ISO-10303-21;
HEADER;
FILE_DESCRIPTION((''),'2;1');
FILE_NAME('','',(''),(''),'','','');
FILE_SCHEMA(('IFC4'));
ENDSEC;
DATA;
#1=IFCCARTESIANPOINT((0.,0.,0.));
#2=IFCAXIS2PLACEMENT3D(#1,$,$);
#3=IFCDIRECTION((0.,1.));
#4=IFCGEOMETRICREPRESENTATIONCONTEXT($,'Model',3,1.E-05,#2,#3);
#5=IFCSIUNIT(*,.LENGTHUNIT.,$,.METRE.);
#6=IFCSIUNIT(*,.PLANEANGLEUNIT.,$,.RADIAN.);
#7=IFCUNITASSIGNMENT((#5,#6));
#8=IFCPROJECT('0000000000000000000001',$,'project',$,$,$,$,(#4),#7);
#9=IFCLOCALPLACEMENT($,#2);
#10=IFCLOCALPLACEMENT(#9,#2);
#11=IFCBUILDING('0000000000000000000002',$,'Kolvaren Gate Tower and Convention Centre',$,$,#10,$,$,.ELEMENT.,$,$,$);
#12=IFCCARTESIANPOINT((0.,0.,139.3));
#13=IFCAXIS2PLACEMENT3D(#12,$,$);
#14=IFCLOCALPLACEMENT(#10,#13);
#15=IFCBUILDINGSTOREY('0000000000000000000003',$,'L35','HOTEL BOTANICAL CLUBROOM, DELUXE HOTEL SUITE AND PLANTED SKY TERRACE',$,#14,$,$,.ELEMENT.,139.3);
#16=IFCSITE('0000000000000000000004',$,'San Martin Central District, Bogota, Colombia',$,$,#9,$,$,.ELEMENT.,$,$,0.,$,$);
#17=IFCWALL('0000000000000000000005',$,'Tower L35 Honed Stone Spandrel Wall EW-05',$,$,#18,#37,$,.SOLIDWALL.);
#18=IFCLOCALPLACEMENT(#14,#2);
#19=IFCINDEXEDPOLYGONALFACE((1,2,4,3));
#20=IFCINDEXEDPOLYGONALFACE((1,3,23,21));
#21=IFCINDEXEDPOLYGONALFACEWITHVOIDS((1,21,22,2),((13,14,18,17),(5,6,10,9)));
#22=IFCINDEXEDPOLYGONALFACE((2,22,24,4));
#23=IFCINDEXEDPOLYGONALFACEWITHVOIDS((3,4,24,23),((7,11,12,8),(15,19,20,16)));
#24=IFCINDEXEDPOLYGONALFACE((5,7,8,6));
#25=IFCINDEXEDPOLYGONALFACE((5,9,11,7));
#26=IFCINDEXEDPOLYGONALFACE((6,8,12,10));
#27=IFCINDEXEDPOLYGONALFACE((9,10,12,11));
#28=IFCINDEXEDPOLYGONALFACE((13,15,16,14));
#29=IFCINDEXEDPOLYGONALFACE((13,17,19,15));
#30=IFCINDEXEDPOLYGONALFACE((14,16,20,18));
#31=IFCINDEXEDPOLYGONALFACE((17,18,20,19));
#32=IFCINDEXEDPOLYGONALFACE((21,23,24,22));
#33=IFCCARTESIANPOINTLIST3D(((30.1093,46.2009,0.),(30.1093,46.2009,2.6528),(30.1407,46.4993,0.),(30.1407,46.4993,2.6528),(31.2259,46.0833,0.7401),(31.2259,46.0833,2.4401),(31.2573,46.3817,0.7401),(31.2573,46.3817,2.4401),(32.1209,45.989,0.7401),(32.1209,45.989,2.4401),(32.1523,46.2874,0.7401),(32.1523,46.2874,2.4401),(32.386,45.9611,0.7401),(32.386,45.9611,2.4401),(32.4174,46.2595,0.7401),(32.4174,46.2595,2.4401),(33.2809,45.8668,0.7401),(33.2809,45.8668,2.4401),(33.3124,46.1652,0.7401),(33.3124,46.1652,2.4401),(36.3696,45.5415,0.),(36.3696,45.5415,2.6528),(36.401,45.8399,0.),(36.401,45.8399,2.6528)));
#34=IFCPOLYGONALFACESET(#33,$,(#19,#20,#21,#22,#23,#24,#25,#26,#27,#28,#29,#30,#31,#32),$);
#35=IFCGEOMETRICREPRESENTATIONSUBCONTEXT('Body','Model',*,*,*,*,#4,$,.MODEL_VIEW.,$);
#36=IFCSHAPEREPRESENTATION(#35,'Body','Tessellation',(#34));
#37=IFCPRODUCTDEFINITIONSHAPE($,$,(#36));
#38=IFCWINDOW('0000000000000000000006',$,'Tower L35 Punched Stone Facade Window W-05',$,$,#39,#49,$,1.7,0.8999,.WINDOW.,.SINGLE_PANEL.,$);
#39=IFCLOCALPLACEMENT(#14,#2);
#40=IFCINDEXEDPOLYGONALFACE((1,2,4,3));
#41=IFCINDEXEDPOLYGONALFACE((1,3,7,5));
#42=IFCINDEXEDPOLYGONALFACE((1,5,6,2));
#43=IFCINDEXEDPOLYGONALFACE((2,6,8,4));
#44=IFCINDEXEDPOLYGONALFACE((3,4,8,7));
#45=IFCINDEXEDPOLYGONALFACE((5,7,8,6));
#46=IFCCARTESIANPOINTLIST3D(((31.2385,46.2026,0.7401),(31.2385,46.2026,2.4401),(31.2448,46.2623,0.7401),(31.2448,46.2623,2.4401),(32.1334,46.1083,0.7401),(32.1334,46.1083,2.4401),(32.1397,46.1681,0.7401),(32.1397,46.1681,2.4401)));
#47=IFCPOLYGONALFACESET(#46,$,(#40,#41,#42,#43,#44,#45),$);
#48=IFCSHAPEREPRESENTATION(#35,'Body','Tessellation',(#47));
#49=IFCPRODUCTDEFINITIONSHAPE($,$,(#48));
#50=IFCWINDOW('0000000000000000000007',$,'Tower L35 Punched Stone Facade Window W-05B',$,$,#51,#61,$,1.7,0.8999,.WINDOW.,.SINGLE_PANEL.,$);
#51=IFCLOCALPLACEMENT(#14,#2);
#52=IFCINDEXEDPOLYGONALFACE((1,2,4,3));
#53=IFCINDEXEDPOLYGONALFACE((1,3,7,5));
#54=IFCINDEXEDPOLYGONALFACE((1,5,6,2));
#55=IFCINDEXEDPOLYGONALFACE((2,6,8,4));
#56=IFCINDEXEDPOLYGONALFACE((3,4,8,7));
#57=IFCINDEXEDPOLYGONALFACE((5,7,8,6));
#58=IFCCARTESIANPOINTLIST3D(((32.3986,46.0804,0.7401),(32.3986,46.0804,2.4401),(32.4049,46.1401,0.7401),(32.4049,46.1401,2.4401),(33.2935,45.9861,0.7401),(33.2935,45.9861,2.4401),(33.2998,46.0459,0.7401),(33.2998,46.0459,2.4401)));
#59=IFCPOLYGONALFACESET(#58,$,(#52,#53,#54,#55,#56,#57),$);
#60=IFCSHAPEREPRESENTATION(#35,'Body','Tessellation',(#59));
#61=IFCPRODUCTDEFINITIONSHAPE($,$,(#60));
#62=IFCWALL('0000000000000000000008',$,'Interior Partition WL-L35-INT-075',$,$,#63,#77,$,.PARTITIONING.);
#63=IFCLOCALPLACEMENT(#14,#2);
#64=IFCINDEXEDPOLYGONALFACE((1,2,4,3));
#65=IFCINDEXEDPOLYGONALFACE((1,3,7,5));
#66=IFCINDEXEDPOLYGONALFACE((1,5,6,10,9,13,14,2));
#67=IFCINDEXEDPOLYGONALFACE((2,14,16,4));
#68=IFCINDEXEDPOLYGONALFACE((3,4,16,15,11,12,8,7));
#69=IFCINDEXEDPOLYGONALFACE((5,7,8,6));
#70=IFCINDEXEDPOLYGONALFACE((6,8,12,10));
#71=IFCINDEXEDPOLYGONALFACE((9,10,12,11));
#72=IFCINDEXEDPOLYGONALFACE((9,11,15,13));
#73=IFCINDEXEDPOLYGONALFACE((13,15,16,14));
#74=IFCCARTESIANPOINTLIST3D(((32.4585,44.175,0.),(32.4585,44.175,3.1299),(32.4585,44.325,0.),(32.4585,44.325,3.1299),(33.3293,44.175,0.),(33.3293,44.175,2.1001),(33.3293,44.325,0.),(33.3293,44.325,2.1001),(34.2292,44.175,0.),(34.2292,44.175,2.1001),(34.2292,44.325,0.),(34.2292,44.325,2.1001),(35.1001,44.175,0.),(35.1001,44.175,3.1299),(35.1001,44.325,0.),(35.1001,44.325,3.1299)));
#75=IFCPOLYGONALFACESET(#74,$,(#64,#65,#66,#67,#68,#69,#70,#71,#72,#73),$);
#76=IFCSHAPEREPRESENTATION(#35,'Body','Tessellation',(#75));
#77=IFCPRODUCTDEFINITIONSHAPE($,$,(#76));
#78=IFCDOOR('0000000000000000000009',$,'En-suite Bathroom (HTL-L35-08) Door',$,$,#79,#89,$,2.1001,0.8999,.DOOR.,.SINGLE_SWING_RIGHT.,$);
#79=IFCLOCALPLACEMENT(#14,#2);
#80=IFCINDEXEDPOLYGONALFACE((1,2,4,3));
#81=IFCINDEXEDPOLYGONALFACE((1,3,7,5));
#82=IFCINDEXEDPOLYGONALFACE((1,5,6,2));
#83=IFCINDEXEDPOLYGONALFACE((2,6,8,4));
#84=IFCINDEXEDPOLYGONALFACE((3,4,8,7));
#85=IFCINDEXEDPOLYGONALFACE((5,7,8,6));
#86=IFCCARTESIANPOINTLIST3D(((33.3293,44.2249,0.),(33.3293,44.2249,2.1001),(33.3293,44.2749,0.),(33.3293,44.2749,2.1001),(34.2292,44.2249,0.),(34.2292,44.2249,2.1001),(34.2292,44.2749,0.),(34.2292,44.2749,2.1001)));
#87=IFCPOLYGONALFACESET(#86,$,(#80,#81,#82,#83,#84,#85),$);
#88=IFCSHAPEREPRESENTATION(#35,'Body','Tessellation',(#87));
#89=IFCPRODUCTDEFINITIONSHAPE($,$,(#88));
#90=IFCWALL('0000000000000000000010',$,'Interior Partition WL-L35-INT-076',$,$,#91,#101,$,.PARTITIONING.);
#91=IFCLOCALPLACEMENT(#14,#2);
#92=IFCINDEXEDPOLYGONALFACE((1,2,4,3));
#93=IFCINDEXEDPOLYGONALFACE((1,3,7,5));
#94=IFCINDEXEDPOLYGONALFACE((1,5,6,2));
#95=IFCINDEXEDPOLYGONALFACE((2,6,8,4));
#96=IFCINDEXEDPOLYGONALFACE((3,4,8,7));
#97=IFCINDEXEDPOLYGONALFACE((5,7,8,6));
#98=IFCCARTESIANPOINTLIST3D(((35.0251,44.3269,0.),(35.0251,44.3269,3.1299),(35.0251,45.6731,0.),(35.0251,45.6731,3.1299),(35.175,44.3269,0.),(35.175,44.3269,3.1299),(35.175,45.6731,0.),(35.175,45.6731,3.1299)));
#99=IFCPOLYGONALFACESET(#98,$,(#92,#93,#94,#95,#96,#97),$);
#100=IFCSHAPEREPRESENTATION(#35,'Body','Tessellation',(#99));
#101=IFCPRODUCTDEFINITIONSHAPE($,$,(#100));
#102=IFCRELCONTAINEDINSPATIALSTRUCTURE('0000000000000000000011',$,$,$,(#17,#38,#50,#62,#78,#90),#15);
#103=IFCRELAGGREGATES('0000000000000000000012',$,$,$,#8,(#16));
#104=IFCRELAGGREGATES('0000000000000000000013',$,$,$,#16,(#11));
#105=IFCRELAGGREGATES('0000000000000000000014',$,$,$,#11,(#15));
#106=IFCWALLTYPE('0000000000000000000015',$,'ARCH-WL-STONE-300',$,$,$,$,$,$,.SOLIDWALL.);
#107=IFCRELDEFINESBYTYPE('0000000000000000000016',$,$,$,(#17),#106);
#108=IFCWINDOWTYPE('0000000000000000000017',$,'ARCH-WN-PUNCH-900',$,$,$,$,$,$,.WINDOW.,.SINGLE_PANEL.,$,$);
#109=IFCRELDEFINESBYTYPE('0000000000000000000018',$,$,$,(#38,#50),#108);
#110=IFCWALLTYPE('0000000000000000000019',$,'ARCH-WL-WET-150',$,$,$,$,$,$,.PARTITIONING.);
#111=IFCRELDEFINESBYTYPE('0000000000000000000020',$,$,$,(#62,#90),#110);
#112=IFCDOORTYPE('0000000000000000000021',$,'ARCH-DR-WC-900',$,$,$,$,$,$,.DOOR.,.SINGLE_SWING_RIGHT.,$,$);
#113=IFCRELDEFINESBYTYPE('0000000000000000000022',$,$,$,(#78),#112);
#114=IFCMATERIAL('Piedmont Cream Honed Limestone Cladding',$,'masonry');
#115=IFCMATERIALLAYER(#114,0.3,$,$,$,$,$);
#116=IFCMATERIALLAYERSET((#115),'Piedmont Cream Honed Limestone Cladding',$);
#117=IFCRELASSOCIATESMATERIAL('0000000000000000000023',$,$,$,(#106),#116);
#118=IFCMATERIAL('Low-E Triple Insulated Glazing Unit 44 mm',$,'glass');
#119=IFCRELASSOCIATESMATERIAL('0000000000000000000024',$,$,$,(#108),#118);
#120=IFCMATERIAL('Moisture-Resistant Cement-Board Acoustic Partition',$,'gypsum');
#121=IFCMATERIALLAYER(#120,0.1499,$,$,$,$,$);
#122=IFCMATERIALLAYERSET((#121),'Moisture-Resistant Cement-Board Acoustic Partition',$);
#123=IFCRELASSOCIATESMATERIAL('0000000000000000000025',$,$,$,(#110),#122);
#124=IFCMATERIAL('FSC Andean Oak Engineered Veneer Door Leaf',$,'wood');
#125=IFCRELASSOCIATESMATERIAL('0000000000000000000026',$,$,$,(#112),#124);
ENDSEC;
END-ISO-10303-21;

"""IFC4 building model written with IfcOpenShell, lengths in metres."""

from ifc_helpers import new_model, si_unit, direction, frame, frame_2d, origin, place, context, subcontext, project, spatial, rectangle, extrude, material, layer, layer_set, type_object, element, fill, save


model = new_model("IFC4")

# Units and contexts
model_context = context("Model", 3, precision=1e-05, world=origin(), true_north=direction((0.0, 1.0)))
body_context = subcontext(model_context, "Body", "Model", "MODEL_VIEW")
ifc_project = project(units=[si_unit("LENGTHUNIT", "METRE"), si_unit("PLANEANGLEUNIT", "RADIAN")], contexts=[model_context])

# Site, building, storey
site_placement = place(None, origin())
site = spatial("IfcSite", under=ifc_project, at=site_placement, Name="San Martin Central District, Bogota, Colombia", CompositionType="ELEMENT", RefElevation=0.0)
building_placement = place(site_placement, origin())
building = spatial("IfcBuilding", under=site, at=building_placement, Name="Kolvaren Gate Tower and Convention Centre", CompositionType="ELEMENT")
storey_placement = place(building_placement, frame((0.0, 0.0, 139.3)))
storey = spatial("IfcBuildingStorey", under=building, at=storey_placement, Name="L35", Description="HOTEL BOTANICAL CLUBROOM, DELUXE HOTEL SUITE AND PLANTED SKY TERRACE", CompositionType="ELEMENT", Elevation=139.3)

# Shared definitions
ifc_material_1 = material(Name="Piedmont Cream Honed Limestone Cladding", Category="masonry")
ifc_layer_1 = layer(ifc_material_1, 0.3)
ifc_layer_set_1 = layer_set([ifc_layer_1], Name="Piedmont Cream Honed Limestone Cladding")
wall_type_1 = type_object("IfcWallType", Name="ARCH-WL-STONE-300", PredefinedType="SOLIDWALL", material=ifc_layer_set_1)
ifc_material_2 = material(Name="Low-E Triple Insulated Glazing Unit 44 mm", Category="glass")

# Wall, openings, windows
wall_1_placement = place(storey_placement, frame((30.125, 46.3501, 0.0), z_axis=(0.0, 0.0, 1.0), x_axis=(0.994498, -0.104755, 0.0)))
wall_1 = element("IfcWall", 1, at=wall_1_placement, inside=storey, type_object=wall_type_1, Name="Tower L35 Honed Stone Spandrel Wall EW-05", PredefinedType="SOLIDWALL", context=body_context, shape_type="SweptSolid", body=[
    extrude(rectangle(XDim=6.2949, YDim=0.3, at=frame_2d((3.1475, 0.0))), origin(), (0.0, 0.0, 1.0), 2.6528),
])
opening_1_placement = place(wall_1_placement, frame((1.1228, 0.0, 0.74)))
opening_1 = element("IfcOpeningElement", 2, at=opening_1_placement, cuts=wall_1, PredefinedType="OPENING", context=body_context, shape_type="SweptSolid", body=[
    extrude(rectangle(XDim=0.8999, YDim=1.7, at=frame_2d((0.45, 0.8501))), frame((0.0, 0.1599, 0.0), z_axis=(0.0, -1.0, 0.0), x_axis=(1.0, 0.0, 0.0)), (0.0, 0.0, 1.0), 0.3201),
])
opening_2_placement = place(wall_1_placement, frame((2.2893, 0.0, 0.74)))
opening_2 = element("IfcOpeningElement", 3, at=opening_2_placement, cuts=wall_1, PredefinedType="OPENING", context=body_context, shape_type="SweptSolid", body=[
    extrude(rectangle(XDim=0.8999, YDim=1.7, at=frame_2d((0.45, 0.8501))), frame((0.0, 0.1599, 0.0), z_axis=(0.0, -1.0, 0.0), x_axis=(1.0, 0.0, 0.0)), (0.0, 0.0, 1.0), 0.3201),
])
window_type_1 = type_object("IfcWindowType", Name="ARCH-WN-PUNCH-900", PartitioningType="SINGLE_PANEL", PredefinedType="WINDOW", material=ifc_material_2)
window_1_placement = place(opening_1_placement, origin())
window_1 = element("IfcWindow", 4, at=window_1_placement, inside=storey, type_object=window_type_1, Name="Tower L35 Punched Stone Facade Window W-05", OverallHeight=1.7, OverallWidth=0.8999, PartitioningType="SINGLE_PANEL", PredefinedType="WINDOW", context=body_context, shape_type="SweptSolid", body=[
    extrude(rectangle(XDim=0.8999, YDim=1.7, at=frame_2d((0.45, 0.8501))), frame((0.0, 0.03, 0.0), z_axis=(0.0, -1.0, 0.0), x_axis=(1.0, 0.0, 0.0)), (0.0, 0.0, 1.0), 0.0601),
])
fill(opening_1, window_1)
window_2_placement = place(opening_2_placement, origin())
window_2 = element("IfcWindow", 5, at=window_2_placement, inside=storey, type_object=window_type_1, Name="Tower L35 Punched Stone Facade Window W-05B", OverallHeight=1.7, OverallWidth=0.8999, PartitioningType="SINGLE_PANEL", PredefinedType="WINDOW", context=body_context, shape_type="SweptSolid", body=[
    extrude(rectangle(XDim=0.8999, YDim=1.7, at=frame_2d((0.45, 0.8501))), frame((0.0, 0.03, 0.0), z_axis=(0.0, -1.0, 0.0), x_axis=(1.0, 0.0, 0.0)), (0.0, 0.0, 1.0), 0.0601),
])
fill(opening_2, window_2)

# Wall, opening, door
ifc_material_3 = material(Name="Moisture-Resistant Cement-Board Acoustic Partition", Category="gypsum")
ifc_layer_2 = layer(ifc_material_3, 0.1499)
ifc_layer_set_2 = layer_set([ifc_layer_2], Name="Moisture-Resistant Cement-Board Acoustic Partition")
wall_type_2 = type_object("IfcWallType", Name="ARCH-WL-WET-150", PredefinedType="PARTITIONING", material=ifc_layer_set_2)
wall_2_placement = place(storey_placement, frame((32.4585, 44.25, 0.0), z_axis=(0.0, 0.0, 1.0), x_axis=(1.0, 0.0, 0.0)))
wall_2 = element("IfcWall", 6, at=wall_2_placement, inside=storey, type_object=wall_type_2, Name="Interior Partition WL-L35-INT-075", PredefinedType="PARTITIONING", context=body_context, shape_type="SweptSolid", body=[
    extrude(rectangle(XDim=2.6416, YDim=0.1499, at=frame_2d((1.3208, 0.0))), origin(), (0.0, 0.0, 1.0), 3.1299),
])
opening_3_placement = place(wall_2_placement, frame((0.8708, 0.0, 0.0)))
opening_3 = element("IfcOpeningElement", 7, at=opening_3_placement, cuts=wall_2, PredefinedType="OPENING", context=body_context, shape_type="SweptSolid", body=[
    extrude(rectangle(XDim=0.8999, YDim=2.1001, at=frame_2d((0.45, 1.05))), frame((0.0, 0.085, 0.0), z_axis=(0.0, -1.0, 0.0), x_axis=(1.0, 0.0, 0.0)), (0.0, 0.0, 1.0), 0.1699),
])
ifc_material_4 = material(Name="FSC Andean Oak Engineered Veneer Door Leaf", Category="wood")
door_type_1 = type_object("IfcDoorType", Name="ARCH-DR-WC-900", OperationType="SINGLE_SWING_RIGHT", PredefinedType="DOOR", material=ifc_material_4)
door_1_placement = place(opening_3_placement, origin())
door_1 = element("IfcDoor", 8, at=door_1_placement, inside=storey, type_object=door_type_1, Name="En-suite Bathroom (HTL-L35-08) Door", OperationType="SINGLE_SWING_RIGHT", OverallHeight=2.1001, OverallWidth=0.8999, PredefinedType="DOOR", context=body_context, shape_type="SweptSolid", body=[
    extrude(rectangle(XDim=0.8999, YDim=2.1001, at=frame_2d((0.45, 1.05))), frame((0.0, 0.0249, 0.0), z_axis=(0.0, -1.0, 0.0), x_axis=(1.0, 0.0, 0.0)), (0.0, 0.0, 1.0), 0.05),
])
fill(opening_3, door_1)

# Wall
wall_3_placement = place(storey_placement, frame((35.1001, 44.3269, 0.0), z_axis=(0.0, 0.0, 1.0), x_axis=(0.0, 1.0, 0.0)))
element("IfcWall", 9, at=wall_3_placement, inside=storey, type_object=wall_type_2, Name="Interior Partition WL-L35-INT-076", PredefinedType="PARTITIONING", context=body_context, shape_type="SweptSolid", body=[
    extrude(rectangle(XDim=1.3462, YDim=0.1499, at=frame_2d((0.6731, 0.0))), origin(), (0.0, 0.0, 1.0), 3.1299),
])

save(model, "model.ifc")
